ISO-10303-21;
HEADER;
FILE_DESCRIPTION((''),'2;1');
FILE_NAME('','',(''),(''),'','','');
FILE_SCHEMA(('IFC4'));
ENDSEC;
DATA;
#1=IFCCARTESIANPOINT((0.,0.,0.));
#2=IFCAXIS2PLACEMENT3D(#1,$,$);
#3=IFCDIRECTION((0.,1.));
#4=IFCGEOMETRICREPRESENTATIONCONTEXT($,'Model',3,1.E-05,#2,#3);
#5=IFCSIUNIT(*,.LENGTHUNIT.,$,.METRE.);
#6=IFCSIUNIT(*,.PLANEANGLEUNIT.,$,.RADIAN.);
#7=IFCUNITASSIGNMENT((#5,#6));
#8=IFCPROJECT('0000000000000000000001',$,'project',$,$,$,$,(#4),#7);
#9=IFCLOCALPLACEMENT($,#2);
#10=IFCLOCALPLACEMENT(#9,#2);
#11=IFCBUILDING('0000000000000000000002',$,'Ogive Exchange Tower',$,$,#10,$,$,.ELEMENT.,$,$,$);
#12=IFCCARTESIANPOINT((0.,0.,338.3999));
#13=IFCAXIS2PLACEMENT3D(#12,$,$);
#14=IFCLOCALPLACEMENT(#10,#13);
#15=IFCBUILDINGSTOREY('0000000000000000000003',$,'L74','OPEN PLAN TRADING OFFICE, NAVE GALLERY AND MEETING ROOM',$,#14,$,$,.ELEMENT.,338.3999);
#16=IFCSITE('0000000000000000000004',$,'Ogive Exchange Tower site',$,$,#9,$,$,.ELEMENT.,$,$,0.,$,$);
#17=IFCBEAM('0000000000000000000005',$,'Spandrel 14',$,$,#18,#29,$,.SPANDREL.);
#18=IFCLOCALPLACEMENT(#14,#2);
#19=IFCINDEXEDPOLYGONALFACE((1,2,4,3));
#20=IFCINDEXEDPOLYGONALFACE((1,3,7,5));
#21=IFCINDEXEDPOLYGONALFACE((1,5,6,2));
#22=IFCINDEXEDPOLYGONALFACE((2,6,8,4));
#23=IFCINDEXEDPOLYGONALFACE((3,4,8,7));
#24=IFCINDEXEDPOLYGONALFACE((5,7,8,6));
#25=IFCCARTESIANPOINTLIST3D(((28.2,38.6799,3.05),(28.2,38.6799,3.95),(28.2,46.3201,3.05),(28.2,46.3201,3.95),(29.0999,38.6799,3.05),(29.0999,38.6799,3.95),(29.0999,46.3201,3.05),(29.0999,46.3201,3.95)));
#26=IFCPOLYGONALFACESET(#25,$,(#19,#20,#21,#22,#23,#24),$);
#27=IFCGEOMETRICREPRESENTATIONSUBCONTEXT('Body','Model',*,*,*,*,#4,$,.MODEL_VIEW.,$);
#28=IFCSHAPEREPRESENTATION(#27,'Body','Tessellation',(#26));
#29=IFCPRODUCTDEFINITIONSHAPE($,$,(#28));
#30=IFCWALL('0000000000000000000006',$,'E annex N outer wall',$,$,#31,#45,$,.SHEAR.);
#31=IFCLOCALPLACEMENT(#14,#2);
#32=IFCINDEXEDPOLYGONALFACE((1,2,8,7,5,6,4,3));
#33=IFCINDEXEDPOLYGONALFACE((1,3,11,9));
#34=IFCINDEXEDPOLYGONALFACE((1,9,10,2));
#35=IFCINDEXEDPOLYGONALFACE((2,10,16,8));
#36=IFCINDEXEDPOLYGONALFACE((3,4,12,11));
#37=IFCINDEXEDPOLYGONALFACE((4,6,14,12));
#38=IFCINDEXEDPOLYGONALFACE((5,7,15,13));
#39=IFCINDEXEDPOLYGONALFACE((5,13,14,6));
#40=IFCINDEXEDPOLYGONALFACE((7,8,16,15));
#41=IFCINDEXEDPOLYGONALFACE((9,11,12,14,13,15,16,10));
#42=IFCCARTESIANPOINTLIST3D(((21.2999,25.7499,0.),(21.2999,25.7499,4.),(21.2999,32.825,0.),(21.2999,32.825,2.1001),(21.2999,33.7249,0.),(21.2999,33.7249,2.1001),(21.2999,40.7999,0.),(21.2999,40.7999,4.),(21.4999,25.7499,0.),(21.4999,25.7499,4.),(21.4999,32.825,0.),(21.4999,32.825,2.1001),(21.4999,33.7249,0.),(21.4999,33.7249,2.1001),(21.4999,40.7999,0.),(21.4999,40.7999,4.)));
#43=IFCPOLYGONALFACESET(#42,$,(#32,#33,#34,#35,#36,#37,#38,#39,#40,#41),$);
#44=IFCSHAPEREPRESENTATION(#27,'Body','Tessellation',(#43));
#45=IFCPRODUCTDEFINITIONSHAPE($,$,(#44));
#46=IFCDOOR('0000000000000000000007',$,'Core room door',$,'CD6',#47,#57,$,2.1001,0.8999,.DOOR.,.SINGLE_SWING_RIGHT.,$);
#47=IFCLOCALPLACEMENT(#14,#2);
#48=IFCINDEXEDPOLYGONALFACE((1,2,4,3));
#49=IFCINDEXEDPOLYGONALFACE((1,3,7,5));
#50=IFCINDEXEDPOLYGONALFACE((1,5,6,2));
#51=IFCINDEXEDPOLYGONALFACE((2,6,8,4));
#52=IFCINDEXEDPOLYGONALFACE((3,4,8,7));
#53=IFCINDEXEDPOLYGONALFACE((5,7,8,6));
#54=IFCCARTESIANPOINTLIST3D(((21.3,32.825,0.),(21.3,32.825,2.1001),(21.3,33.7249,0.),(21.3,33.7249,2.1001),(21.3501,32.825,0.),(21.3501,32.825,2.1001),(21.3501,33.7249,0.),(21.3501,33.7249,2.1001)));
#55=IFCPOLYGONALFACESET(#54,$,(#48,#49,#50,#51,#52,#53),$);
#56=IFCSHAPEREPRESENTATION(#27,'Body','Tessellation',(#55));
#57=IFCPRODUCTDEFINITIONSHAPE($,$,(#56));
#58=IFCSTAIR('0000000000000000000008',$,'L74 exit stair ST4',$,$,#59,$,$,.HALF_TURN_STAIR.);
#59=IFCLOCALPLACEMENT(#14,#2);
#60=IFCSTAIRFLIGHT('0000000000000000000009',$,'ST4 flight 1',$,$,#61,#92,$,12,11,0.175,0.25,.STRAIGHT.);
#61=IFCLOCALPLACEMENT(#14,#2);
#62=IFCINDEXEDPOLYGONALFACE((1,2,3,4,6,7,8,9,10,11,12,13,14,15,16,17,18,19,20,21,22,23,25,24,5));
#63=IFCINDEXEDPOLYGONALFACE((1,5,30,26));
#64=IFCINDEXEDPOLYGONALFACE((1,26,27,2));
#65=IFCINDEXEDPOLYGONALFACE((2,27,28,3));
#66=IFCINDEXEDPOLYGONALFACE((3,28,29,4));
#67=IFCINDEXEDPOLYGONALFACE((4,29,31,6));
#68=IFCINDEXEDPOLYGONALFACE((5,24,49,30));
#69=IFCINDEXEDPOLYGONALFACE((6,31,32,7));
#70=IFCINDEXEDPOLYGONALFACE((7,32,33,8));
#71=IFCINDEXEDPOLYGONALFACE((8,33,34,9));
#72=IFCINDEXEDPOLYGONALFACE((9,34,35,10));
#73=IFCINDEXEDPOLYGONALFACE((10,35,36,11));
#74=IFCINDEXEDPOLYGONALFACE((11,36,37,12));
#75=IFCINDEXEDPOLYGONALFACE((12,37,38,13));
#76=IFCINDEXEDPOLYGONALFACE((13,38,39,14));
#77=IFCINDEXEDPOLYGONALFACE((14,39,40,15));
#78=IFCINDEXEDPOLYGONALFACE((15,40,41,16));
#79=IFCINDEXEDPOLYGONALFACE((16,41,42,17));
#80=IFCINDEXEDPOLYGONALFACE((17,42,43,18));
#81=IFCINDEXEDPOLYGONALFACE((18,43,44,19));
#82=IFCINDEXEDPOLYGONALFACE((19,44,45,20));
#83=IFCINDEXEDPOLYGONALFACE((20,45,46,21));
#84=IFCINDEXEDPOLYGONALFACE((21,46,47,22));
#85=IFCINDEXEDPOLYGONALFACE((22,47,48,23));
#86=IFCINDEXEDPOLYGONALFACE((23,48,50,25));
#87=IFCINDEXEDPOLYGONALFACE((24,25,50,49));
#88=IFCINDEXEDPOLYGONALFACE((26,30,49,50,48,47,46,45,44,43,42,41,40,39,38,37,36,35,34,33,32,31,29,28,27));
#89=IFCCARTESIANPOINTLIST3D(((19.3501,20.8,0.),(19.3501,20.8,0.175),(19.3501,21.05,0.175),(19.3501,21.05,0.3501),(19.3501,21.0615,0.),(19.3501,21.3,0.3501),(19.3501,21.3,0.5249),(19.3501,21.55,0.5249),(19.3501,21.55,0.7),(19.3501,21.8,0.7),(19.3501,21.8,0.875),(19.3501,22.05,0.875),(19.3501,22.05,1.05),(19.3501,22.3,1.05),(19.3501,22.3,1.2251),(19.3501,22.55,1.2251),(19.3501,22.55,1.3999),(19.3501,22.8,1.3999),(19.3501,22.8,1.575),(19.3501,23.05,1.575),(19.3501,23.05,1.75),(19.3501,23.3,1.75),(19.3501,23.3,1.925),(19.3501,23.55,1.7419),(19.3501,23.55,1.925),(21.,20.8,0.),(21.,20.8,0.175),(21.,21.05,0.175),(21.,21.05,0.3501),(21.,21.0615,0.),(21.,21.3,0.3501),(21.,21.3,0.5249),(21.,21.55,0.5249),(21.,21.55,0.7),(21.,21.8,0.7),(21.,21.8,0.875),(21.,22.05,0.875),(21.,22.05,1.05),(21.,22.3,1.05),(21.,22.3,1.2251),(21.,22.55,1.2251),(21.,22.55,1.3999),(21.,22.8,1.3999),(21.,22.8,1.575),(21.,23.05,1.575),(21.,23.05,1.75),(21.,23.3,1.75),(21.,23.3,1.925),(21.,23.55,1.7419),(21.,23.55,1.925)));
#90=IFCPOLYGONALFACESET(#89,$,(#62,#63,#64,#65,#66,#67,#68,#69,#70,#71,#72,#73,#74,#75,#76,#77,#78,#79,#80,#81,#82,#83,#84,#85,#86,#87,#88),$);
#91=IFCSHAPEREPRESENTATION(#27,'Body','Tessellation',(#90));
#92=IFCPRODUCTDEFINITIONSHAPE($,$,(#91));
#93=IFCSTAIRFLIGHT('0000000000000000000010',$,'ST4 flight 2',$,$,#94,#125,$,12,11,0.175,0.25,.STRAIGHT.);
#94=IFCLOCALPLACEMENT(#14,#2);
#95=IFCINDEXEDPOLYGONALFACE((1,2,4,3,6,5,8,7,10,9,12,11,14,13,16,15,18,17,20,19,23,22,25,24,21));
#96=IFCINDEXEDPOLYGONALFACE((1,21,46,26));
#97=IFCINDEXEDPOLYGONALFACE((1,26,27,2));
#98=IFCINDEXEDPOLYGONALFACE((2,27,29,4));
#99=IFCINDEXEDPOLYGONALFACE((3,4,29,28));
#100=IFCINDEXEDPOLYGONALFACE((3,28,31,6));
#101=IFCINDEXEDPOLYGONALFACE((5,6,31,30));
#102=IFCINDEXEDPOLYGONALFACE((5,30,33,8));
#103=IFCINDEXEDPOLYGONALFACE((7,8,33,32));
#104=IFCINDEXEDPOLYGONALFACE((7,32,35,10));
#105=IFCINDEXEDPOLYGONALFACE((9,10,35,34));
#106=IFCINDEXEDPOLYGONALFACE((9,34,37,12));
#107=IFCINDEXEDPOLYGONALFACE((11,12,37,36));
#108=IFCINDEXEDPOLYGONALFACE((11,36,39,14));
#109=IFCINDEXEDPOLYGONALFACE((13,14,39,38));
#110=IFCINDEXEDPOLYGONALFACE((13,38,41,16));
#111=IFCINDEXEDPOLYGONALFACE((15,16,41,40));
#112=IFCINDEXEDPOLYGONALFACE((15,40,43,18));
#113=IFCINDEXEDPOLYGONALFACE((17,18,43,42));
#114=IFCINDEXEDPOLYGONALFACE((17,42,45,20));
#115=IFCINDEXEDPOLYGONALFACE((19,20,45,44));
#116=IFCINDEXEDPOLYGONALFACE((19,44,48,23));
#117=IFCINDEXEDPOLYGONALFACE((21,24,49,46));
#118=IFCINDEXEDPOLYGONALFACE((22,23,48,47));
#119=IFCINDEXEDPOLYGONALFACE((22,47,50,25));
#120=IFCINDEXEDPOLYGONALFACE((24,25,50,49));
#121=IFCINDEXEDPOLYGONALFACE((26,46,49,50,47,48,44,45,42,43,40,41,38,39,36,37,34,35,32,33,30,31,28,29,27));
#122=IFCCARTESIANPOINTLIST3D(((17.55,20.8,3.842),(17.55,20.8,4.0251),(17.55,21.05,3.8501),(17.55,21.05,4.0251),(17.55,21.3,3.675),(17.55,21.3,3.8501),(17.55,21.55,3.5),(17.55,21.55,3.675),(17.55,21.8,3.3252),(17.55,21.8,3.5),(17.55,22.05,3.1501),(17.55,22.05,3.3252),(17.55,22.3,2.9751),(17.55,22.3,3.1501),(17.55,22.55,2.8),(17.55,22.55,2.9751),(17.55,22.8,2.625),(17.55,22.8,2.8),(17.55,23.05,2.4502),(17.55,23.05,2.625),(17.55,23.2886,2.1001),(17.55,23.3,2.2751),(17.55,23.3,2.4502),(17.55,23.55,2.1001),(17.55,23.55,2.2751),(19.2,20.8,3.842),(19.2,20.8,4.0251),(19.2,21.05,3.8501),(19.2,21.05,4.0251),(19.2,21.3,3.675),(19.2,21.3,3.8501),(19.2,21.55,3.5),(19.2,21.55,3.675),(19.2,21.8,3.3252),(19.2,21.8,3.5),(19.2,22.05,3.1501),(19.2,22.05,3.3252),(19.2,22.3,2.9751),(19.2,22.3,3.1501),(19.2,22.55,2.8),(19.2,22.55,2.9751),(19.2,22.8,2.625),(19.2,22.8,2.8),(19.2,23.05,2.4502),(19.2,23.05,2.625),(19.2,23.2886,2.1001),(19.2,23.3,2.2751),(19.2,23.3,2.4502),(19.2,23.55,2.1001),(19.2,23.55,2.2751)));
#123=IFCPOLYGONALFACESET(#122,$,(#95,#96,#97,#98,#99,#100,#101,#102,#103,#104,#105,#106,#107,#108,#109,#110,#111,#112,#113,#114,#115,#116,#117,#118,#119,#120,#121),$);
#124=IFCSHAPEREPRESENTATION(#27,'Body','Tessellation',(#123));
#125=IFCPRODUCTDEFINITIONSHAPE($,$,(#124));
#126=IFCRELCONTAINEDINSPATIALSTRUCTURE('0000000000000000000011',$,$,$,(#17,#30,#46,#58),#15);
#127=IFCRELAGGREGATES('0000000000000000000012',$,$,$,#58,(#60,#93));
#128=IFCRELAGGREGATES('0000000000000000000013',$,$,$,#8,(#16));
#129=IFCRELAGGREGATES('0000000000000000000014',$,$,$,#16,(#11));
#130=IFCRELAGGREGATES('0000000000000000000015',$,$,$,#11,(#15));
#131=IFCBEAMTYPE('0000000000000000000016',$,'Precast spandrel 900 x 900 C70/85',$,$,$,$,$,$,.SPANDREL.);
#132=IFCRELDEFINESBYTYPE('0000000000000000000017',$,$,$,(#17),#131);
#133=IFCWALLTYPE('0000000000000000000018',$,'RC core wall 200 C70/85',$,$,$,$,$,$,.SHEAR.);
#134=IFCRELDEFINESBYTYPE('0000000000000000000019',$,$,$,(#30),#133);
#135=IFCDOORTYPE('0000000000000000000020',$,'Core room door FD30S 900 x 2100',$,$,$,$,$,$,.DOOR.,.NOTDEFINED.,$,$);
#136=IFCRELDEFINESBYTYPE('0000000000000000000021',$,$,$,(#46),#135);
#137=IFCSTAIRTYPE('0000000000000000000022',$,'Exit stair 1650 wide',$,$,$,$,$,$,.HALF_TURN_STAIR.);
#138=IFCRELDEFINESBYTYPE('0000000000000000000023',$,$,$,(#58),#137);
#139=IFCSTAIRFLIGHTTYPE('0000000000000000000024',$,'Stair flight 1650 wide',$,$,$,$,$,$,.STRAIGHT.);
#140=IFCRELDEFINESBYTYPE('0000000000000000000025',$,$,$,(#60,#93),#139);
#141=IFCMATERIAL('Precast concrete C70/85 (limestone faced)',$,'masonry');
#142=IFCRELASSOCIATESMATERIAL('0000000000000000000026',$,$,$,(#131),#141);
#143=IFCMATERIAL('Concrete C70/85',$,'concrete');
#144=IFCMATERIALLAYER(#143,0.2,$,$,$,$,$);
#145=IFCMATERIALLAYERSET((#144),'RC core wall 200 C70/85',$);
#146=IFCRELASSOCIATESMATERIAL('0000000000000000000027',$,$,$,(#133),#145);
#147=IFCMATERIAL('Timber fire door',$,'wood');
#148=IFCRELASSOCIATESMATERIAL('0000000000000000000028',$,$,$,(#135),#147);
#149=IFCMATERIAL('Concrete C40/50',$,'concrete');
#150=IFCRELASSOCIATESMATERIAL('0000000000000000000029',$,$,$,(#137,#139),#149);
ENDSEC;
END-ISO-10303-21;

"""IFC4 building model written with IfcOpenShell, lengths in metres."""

from ifc_helpers import new_model, si_unit, direction, frame, frame_2d, origin, origin_2d, place, context, subcontext, project, spatial, polyline, rectangle, outline, extrude, material, layer, layer_set, material_profile, profile_set, type_object, element, fill, aggregate, save


model = new_model("IFC4")

# Units and contexts
model_context = context("Model", 3, precision=1e-05, world=origin(), true_north=direction((0.0, 1.0)))
body_context = subcontext(model_context, "Body", "Model", "MODEL_VIEW")
ifc_project = project(units=[si_unit("LENGTHUNIT", "METRE"), si_unit("PLANEANGLEUNIT", "RADIAN")], contexts=[model_context])

# Site, building, storey
site_placement = place(None, origin())
site = spatial("IfcSite", under=ifc_project, at=site_placement, Name="Ogive Exchange Tower site", CompositionType="ELEMENT", RefElevation=0.0)
building_placement = place(site_placement, origin())
building = spatial("IfcBuilding", under=site, at=building_placement, Name="Ogive Exchange Tower", CompositionType="ELEMENT")
storey_placement = place(building_placement, frame((0.0, 0.0, 338.3999)))
storey = spatial("IfcBuildingStorey", under=building, at=storey_placement, Name="L74", Description="OPEN PLAN TRADING OFFICE, NAVE GALLERY AND MEETING ROOM", CompositionType="ELEMENT", Elevation=338.3999)

# Shared definitions
ifc_material_1 = material(Name="Precast concrete C70/85 (limestone faced)", Category="masonry")

# Beam
ifc_material_profile_1 = material_profile(ifc_material_1, rectangle(XDim=0.8999, YDim=0.8999, at=origin_2d()), Name="900 x 900")
ifc_profile_set_1 = profile_set([ifc_material_profile_1], Name="Precast concrete C70/85 (limestone faced)")
beam_type_1 = type_object("IfcBeamType", Name="Precast spandrel 900 x 900 C70/85", PredefinedType="SPANDREL", material=ifc_profile_set_1)
beam_1_placement = place(storey_placement, frame((28.6499, 38.6799, 3.5), z_axis=(0.0, 1.0, 0.0), x_axis=(-1.0, 0.0, 0.0)))
element("IfcBeam", 1, at=beam_1_placement, inside=storey, type_object=beam_type_1, Name="Spandrel 14", PredefinedType="SPANDREL", context=body_context, shape_type="SweptSolid", body=[
    extrude(rectangle(XDim=0.8999, YDim=0.8999, at=origin_2d()), origin(), (0.0, 0.0, 1.0), 7.6401),
])

# Wall, opening, door
ifc_material_2 = material(Name="Concrete C70/85", Category="concrete")
ifc_layer = layer(ifc_material_2, 0.2)
ifc_layer_set = layer_set([ifc_layer], Name="RC core wall 200 C70/85")
wall_type = type_object("IfcWallType", Name="RC core wall 200 C70/85", PredefinedType="SHEAR", material=ifc_layer_set)
wall_placement = place(storey_placement, frame((21.3999, 25.75, 0.0), z_axis=(0.0, 0.0, 1.0), x_axis=(0.0, 1.0, 0.0)))
wall = element("IfcWall", 2, at=wall_placement, inside=storey, type_object=wall_type, Name="E annex N outer wall", PredefinedType="SHEAR", context=body_context, shape_type="SweptSolid", body=[
    extrude(rectangle(XDim=15.05, YDim=0.2, at=frame_2d((7.5249, 0.0))), origin(), (0.0, 0.0, 1.0), 4.0),
])
opening_placement = place(wall_placement, frame((7.075, 0.0, 0.0)))
opening = element("IfcOpeningElement", 3, at=opening_placement, cuts=wall, PredefinedType="OPENING", context=body_context, shape_type="SweptSolid", body=[
    extrude(rectangle(XDim=0.8999, YDim=2.1001, at=frame_2d((0.45, 1.05))), frame((0.0, 0.1099, 0.0), z_axis=(0.0, -1.0, 0.0), x_axis=(1.0, 0.0, 0.0)), (0.0, 0.0, 1.0), 0.22),
])
ifc_material_3 = material(Name="Timber fire door", Category="wood")
door_type = type_object("IfcDoorType", Name="Core room door FD30S 900 x 2100", OperationType="NOTDEFINED", PredefinedType="DOOR", material=ifc_material_3)
door_placement = place(opening_placement, frame((0.8999, 0.1499, 0.0), z_axis=(0.0, 0.0, 1.0), x_axis=(-1.0, 0.0, 0.0)))
door = element("IfcDoor", 4, at=door_placement, inside=storey, type_object=door_type, Name="Core room door", ObjectType="CD6", OperationType="SINGLE_SWING_RIGHT", OverallHeight=2.1001, OverallWidth=0.8999, PredefinedType="DOOR", context=body_context, shape_type="SweptSolid", body=[
    extrude(rectangle(XDim=0.8999, YDim=2.1001, at=frame_2d((0.45, 1.05))), frame((0.0, 0.1001, 0.0), z_axis=(0.0, -1.0, 0.0), x_axis=(1.0, 0.0, 0.0)), (0.0, 0.0, 1.0), 0.05),
])
fill(opening, door)

# Stair, stair flights
ifc_material_4 = material(Name="Concrete C40/50", Category="concrete")
stair_type = type_object("IfcStairType", Name="Exit stair 1650 wide", PredefinedType="HALF_TURN_STAIR", material=ifc_material_4)
stair_placement = place(storey_placement, origin())
stair = element("IfcStair", 5, at=stair_placement, inside=storey, type_object=stair_type, Name="L74 exit stair ST4", PredefinedType="HALF_TURN_STAIR")
stair_flight_type = type_object("IfcStairFlightType", Name="Stair flight 1650 wide", PredefinedType="STRAIGHT", material=ifc_material_4)
stair_flight_1_placement = place(storey_placement, frame((20.175, 20.8, 0.0), z_axis=(0.0, 0.0, 1.0), x_axis=(0.0, 1.0, 0.0)))
stair_flight_1 = element("IfcStairFlight", 6, at=stair_flight_1_placement, type_object=stair_flight_type, Name="ST4 flight 1", NumberOfRisers=12, NumberOfTreads=11, PredefinedType="STRAIGHT", RiserHeight=0.175, TreadLength=0.25, context=body_context, shape_type="SweptSolid", body=[
    extrude(outline(polyline([(0.0, 0.0), (0.0, 0.175), (0.25, 0.175), (0.25, 0.3501), (0.5, 0.3501), (0.5, 0.5249), (0.75, 0.5249), (0.75, 0.7), (1.0, 0.7), (1.0, 0.875), (1.25, 0.875), (1.25, 1.05), (1.5, 1.05), (1.5, 1.2251), (1.75, 1.2251), (1.75, 1.3999), (2.0, 1.3999), (2.0, 1.575), (2.25, 1.575), (2.25, 1.75), (2.5, 1.75), (2.5, 1.925), (2.75, 1.925), (2.75, 2.1001), (2.75, 1.7419), (0.2615, 0.0), (0.0, 0.0)])), frame((0.0, 0.825, 0.0), z_axis=(0.0, -1.0, 0.0), x_axis=(1.0, 0.0, 0.0)), (0.0, 0.0, 1.0), 1.6499),
])
stair_flight_2_placement = place(storey_placement, frame((18.375, 23.55, 2.1001), z_axis=(0.0, 0.0, 1.0), x_axis=(0.0, -1.0, 0.0)))
stair_flight_2 = element("IfcStairFlight", 7, at=stair_flight_2_placement, type_object=stair_flight_type, Name="ST4 flight 2", NumberOfRisers=12, NumberOfTreads=11, PredefinedType="STRAIGHT", RiserHeight=0.175, TreadLength=0.25, context=body_context, shape_type="SweptSolid", body=[
    extrude(outline(polyline([(0.0, 0.0), (0.0, 0.175), (0.25, 0.175), (0.25, 0.3501), (0.5, 0.3501), (0.5, 0.5249), (0.75, 0.5249), (0.75, 0.7), (1.0, 0.7), (1.0, 0.875), (1.25, 0.875), (1.25, 1.05), (1.5, 1.05), (1.5, 1.2251), (1.75, 1.2251), (1.75, 1.3999), (2.0, 1.3999), (2.0, 1.575), (2.25, 1.575), (2.25, 1.75), (2.5, 1.75), (2.5, 1.925), (2.75, 1.925), (2.75, 2.1001), (2.75, 1.7419), (0.2615, 0.0), (0.0, 0.0)])), frame((0.0, 0.825, 0.0), z_axis=(0.0, -1.0, 0.0), x_axis=(1.0, 0.0, 0.0)), (0.0, 0.0, 1.0), 1.6499),
])
aggregate(stair, [stair_flight_1, stair_flight_2])

save(model, "model.ifc")
